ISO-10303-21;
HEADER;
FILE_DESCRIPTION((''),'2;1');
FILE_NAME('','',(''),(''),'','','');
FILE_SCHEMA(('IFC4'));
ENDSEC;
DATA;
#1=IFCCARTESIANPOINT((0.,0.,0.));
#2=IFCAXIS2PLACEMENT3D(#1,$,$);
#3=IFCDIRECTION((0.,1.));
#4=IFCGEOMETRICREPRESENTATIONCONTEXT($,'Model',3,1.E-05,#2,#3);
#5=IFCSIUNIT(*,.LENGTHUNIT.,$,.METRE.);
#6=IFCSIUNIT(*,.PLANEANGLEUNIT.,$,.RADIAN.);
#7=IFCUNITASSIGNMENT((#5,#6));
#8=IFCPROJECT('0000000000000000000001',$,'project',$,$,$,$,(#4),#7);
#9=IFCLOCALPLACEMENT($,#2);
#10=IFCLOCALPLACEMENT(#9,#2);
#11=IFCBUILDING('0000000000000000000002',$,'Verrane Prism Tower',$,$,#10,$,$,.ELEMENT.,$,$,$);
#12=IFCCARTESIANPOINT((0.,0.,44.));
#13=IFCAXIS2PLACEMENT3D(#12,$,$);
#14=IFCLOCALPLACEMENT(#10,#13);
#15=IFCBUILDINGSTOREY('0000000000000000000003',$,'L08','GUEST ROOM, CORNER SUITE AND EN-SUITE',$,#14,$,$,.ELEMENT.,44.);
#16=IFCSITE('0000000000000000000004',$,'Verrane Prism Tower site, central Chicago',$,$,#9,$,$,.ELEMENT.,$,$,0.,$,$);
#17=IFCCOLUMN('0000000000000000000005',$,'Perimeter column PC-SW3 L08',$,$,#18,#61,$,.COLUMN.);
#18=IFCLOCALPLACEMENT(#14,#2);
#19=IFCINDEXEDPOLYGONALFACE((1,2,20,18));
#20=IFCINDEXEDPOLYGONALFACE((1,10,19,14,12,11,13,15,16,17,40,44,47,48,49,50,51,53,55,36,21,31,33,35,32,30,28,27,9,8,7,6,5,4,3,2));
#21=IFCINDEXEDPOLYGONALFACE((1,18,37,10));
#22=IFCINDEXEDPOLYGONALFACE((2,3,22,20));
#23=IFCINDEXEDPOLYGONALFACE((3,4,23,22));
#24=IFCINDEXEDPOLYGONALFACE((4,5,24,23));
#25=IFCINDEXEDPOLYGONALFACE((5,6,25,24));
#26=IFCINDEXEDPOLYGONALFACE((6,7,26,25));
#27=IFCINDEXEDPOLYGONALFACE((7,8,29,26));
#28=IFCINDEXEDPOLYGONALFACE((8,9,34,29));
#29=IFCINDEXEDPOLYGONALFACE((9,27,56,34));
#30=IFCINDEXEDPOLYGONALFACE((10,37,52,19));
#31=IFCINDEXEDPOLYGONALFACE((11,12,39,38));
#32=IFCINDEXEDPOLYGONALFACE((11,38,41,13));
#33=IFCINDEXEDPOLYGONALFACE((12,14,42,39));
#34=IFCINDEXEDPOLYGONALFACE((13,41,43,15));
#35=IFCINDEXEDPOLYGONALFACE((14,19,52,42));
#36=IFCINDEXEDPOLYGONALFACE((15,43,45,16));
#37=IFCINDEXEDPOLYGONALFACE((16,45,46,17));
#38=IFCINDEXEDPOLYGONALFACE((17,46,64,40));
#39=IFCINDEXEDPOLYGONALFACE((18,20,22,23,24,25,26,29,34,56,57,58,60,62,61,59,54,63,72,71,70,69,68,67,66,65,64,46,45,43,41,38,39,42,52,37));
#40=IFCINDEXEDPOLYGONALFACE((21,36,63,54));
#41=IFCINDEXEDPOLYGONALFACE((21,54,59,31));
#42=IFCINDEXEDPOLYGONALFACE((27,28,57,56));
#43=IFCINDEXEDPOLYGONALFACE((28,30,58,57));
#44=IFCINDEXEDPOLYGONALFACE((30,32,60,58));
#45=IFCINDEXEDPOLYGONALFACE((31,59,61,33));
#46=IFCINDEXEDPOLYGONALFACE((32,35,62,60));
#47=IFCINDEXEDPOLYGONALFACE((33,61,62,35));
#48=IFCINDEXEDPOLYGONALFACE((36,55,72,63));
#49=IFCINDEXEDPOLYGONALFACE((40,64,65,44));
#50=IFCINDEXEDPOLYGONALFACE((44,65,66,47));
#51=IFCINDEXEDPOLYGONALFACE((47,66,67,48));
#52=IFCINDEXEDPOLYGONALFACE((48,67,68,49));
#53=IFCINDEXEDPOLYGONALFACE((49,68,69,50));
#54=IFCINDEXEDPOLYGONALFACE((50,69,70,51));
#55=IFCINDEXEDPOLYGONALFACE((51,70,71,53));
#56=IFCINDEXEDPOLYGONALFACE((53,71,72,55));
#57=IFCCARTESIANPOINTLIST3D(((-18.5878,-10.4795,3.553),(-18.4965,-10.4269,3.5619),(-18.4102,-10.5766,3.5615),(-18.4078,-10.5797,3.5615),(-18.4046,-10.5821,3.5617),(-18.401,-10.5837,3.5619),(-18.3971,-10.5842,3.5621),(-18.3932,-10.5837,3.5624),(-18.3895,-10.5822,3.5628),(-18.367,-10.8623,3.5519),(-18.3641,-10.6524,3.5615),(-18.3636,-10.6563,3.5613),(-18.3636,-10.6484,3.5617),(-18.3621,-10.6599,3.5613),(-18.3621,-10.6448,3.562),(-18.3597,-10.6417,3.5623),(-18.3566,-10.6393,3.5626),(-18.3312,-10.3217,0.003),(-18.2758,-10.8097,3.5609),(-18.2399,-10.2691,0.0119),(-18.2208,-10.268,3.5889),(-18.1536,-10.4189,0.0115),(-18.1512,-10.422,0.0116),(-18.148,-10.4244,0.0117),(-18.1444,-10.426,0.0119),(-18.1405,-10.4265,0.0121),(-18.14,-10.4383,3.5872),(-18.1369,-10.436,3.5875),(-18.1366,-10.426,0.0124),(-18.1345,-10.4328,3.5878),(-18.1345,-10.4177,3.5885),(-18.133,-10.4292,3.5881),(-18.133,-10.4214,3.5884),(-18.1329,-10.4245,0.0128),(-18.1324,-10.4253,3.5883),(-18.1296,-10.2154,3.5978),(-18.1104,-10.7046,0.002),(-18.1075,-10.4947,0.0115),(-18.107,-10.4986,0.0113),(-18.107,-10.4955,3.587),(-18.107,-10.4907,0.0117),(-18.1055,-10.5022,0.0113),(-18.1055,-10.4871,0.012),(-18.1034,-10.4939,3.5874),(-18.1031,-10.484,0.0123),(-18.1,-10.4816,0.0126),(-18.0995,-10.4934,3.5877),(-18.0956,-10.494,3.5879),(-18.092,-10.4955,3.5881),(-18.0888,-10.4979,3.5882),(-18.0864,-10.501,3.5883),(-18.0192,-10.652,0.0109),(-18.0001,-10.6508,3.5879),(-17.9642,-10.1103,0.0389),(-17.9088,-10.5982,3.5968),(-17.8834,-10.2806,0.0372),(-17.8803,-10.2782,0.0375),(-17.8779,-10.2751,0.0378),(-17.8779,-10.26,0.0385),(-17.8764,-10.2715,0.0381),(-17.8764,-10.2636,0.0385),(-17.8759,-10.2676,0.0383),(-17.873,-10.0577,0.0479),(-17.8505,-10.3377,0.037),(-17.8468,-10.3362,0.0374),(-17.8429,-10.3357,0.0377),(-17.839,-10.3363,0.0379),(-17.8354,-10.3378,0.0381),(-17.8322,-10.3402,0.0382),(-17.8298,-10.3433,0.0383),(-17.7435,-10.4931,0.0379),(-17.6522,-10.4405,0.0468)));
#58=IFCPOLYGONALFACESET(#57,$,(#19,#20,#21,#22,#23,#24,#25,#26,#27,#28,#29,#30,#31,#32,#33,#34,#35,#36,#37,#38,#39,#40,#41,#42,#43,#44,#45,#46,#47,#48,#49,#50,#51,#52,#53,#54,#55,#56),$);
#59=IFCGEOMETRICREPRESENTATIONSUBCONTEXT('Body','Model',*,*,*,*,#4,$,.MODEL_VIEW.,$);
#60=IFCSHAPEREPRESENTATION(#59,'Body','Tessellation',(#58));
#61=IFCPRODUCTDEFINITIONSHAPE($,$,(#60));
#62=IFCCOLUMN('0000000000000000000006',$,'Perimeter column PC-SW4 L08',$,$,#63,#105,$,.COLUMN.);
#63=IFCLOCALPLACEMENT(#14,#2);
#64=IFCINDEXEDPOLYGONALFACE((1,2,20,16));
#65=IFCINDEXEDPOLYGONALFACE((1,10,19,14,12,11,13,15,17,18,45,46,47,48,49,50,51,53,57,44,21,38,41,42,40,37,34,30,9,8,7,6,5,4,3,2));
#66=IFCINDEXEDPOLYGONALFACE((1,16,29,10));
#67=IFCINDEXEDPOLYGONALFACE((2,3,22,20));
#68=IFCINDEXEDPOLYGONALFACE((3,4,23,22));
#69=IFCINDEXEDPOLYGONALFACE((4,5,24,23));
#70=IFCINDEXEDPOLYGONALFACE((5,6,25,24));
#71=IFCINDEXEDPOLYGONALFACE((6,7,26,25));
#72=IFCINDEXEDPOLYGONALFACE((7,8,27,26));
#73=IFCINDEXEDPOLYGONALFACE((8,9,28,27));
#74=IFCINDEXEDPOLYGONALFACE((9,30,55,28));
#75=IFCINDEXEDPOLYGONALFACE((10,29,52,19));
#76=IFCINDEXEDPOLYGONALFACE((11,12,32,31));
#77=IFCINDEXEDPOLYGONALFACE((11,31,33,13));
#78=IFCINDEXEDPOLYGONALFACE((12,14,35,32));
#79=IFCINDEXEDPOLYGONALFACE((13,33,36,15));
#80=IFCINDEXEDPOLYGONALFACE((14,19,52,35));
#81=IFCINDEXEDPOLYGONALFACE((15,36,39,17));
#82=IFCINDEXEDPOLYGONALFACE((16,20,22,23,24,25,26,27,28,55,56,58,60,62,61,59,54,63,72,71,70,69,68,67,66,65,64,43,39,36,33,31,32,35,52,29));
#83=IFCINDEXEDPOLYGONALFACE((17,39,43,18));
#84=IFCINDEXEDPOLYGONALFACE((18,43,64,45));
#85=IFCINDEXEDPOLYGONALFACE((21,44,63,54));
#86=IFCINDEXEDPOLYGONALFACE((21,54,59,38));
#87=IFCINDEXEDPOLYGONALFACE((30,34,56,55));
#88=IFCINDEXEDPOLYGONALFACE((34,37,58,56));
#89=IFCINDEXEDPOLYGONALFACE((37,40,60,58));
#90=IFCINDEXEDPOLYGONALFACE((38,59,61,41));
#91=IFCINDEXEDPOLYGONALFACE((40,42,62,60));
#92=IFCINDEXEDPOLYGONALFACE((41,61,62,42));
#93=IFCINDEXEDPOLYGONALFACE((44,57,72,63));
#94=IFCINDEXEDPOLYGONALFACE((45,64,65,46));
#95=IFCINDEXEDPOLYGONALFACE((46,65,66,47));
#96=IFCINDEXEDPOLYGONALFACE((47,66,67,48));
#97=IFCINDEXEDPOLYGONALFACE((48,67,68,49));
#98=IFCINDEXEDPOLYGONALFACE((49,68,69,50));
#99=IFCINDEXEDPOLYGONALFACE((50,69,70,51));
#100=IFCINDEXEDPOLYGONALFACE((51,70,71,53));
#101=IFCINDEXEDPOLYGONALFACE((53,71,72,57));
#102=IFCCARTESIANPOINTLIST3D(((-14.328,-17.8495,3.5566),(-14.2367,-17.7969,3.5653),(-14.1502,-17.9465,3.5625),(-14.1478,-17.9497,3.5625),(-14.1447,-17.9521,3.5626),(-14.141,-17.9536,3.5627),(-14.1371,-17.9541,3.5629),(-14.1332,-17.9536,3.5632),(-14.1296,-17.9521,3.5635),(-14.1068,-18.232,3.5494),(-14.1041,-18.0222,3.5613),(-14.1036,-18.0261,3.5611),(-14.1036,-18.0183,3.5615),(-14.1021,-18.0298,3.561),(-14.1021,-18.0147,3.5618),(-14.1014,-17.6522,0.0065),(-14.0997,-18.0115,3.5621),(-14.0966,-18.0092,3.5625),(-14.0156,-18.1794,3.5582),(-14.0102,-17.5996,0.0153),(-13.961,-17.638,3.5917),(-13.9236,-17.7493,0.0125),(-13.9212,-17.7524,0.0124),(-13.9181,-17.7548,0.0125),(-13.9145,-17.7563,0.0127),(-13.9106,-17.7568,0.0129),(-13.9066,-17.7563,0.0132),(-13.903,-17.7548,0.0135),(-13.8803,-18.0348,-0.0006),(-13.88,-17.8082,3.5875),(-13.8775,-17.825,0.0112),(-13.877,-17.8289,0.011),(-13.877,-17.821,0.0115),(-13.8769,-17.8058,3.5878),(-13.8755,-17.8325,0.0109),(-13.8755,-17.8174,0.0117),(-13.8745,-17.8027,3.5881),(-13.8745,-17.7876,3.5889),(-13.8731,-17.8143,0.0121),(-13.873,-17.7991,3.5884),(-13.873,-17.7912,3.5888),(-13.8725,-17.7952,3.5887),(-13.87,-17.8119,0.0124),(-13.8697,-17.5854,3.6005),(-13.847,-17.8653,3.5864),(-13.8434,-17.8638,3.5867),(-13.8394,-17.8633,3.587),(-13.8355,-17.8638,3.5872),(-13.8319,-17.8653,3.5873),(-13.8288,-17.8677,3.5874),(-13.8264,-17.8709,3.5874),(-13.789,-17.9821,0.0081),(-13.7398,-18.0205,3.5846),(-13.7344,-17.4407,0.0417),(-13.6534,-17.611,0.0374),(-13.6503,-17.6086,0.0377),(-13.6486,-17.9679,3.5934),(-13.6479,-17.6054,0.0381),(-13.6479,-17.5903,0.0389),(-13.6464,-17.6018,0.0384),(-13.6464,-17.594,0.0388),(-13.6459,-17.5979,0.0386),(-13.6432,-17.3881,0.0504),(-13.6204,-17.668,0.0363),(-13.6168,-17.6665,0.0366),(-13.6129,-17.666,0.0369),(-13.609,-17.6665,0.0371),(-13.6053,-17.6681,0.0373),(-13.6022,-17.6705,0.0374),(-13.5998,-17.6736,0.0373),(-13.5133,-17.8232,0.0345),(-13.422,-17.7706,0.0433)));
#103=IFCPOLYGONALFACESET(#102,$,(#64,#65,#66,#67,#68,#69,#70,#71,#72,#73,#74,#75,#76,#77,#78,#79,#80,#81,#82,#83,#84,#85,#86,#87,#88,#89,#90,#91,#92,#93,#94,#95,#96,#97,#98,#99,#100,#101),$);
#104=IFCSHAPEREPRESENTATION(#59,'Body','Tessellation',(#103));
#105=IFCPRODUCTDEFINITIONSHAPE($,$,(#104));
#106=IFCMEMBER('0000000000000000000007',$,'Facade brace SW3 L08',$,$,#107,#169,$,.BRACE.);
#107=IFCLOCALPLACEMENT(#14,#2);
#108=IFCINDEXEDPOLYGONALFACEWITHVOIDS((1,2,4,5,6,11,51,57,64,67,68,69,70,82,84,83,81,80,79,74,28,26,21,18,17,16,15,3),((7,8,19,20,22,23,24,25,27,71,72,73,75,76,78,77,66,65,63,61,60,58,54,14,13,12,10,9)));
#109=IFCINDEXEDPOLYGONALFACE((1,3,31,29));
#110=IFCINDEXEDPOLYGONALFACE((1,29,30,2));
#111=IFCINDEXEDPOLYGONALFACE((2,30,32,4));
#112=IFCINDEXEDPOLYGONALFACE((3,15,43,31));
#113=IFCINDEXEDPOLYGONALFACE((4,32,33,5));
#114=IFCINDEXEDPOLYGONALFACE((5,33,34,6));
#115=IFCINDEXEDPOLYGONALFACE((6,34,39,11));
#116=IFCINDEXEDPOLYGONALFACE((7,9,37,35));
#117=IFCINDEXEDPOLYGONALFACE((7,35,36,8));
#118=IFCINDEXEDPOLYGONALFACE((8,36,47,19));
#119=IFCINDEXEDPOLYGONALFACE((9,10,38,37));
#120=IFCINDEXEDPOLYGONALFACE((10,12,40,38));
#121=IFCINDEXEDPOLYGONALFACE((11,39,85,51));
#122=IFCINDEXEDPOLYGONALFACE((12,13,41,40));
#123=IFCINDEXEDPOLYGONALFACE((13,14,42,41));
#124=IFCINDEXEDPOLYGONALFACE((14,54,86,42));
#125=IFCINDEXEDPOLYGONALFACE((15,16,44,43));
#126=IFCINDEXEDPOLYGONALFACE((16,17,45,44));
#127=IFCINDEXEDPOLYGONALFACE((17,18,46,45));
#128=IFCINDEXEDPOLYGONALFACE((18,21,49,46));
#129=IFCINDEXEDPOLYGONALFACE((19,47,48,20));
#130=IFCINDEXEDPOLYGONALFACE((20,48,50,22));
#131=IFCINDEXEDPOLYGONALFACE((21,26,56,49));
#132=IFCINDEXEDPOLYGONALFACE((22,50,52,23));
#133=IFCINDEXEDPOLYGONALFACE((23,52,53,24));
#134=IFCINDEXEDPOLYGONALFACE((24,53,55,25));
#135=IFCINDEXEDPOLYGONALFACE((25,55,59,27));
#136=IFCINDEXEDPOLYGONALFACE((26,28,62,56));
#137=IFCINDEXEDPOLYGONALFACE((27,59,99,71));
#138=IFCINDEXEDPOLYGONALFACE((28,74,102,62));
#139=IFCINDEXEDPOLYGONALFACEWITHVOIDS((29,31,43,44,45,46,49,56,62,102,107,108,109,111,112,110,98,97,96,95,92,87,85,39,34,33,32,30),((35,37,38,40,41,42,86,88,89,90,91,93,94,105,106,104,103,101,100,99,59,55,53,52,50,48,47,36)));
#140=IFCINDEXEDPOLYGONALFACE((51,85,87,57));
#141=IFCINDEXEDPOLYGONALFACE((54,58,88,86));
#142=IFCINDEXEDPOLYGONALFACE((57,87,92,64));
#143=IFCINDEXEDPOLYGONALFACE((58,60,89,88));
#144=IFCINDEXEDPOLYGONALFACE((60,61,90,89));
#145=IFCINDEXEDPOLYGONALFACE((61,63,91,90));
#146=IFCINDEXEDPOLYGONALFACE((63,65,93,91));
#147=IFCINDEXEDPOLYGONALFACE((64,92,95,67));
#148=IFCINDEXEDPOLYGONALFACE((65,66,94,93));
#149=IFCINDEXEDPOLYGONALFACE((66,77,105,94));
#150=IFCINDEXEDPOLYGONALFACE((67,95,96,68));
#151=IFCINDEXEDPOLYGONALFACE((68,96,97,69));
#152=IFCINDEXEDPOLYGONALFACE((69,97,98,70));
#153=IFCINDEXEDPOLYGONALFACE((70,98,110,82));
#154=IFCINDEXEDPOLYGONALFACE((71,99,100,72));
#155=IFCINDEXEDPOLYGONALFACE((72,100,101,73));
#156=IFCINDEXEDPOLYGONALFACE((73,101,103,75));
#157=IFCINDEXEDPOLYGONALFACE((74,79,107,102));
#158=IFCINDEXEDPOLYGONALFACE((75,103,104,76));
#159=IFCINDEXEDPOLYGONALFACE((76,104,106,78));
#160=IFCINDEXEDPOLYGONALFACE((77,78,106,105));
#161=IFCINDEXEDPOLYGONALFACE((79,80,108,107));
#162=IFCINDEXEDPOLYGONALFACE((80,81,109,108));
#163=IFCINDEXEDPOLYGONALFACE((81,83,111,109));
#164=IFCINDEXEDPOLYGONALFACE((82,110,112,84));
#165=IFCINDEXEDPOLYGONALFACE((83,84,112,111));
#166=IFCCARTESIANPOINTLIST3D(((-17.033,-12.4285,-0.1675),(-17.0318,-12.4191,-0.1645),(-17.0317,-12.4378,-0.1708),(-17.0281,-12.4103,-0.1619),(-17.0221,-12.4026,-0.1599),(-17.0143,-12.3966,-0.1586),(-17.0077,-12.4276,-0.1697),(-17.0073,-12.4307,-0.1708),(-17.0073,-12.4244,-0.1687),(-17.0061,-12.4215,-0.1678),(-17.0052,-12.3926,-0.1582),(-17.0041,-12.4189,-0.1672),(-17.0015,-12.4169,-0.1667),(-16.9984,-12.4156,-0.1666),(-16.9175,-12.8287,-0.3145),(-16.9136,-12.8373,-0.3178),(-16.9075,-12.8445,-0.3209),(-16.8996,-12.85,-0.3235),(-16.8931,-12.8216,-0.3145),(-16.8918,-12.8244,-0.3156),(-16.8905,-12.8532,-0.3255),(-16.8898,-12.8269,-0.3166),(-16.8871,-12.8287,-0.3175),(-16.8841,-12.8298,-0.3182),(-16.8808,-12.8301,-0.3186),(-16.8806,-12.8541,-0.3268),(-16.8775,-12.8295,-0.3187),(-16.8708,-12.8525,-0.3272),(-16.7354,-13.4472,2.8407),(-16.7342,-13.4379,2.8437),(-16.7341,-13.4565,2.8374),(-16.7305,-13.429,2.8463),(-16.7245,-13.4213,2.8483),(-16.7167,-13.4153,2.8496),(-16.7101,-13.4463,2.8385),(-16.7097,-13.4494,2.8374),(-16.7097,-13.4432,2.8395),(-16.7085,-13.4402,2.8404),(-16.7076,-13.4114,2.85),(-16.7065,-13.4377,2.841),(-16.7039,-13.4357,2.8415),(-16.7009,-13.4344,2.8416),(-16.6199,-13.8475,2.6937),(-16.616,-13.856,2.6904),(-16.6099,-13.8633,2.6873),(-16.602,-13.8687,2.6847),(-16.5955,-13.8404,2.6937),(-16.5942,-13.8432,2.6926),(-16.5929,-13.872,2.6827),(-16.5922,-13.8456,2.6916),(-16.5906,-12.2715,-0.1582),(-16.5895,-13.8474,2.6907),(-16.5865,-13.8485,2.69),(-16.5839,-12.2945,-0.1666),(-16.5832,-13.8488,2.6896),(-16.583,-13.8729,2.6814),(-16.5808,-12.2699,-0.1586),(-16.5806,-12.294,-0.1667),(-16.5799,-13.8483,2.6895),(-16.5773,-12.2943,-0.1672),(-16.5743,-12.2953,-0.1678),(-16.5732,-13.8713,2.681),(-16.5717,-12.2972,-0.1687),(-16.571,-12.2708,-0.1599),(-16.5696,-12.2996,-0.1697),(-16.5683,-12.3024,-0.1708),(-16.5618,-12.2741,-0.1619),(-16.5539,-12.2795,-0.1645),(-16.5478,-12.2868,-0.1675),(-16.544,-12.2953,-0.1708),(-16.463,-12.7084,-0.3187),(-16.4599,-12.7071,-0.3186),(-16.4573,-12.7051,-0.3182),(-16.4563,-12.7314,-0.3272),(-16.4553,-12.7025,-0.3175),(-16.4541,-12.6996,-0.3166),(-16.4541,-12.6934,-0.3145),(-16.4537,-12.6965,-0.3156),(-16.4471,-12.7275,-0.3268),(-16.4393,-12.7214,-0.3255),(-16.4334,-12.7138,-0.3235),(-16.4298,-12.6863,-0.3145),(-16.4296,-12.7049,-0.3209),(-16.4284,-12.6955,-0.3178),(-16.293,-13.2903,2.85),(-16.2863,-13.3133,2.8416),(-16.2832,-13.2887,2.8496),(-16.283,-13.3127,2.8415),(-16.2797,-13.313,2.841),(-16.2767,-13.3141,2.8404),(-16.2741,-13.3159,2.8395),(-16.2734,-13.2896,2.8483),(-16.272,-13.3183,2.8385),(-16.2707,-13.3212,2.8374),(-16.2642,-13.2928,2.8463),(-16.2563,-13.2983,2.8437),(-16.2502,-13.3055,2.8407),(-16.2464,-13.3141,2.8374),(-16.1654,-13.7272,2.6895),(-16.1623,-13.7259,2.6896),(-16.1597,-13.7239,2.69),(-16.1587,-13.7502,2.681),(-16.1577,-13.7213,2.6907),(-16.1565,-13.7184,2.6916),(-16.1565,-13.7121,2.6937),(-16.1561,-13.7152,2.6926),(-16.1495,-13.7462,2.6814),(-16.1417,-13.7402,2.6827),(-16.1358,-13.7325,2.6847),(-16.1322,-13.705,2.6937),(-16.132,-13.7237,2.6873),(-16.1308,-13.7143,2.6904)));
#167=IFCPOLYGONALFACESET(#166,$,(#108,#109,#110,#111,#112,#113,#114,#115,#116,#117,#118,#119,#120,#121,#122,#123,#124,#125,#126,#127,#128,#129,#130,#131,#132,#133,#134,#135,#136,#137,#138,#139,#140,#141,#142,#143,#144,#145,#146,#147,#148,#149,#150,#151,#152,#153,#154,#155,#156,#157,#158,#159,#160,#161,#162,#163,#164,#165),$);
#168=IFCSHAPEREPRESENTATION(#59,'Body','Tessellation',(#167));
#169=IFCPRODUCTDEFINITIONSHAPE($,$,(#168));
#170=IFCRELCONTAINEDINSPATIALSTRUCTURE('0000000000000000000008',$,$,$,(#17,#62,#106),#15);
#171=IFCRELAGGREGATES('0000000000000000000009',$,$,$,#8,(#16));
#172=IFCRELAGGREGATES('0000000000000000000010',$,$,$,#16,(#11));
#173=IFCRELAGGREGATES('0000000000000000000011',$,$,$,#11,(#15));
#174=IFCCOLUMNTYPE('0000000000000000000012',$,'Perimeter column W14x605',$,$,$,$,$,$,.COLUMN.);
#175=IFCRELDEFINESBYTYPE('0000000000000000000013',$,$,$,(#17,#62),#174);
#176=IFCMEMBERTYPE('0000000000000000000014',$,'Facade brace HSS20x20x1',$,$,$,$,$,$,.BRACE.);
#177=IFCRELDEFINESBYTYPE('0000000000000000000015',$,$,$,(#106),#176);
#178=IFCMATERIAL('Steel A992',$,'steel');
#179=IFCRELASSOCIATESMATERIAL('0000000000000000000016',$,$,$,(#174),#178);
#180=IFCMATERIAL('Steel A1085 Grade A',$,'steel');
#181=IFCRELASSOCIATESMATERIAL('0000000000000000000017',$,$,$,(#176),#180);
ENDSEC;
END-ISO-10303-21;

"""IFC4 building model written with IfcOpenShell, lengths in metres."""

from ifc_helpers import new_model, si_unit, direction, frame, origin, origin_2d, place, context, subcontext, project, spatial, hollow_rectangle, i_section, extrude, material, material_profile, profile_set, type_object, element, save


model = new_model("IFC4")

# Units and contexts
model_context = context("Model", 3, precision=1e-05, world=origin(), true_north=direction((0.0, 1.0)))
body_context = subcontext(model_context, "Body", "Model", "MODEL_VIEW")
ifc_project = project(units=[si_unit("LENGTHUNIT", "METRE"), si_unit("PLANEANGLEUNIT", "RADIAN")], contexts=[model_context])

# Site, building, storey
site_placement = place(None, origin())
site = spatial("IfcSite", under=ifc_project, at=site_placement, Name="Verrane Prism Tower site, central Chicago", CompositionType="ELEMENT", RefElevation=0.0)
building_placement = place(site_placement, origin())
building = spatial("IfcBuilding", under=site, at=building_placement, Name="Verrane Prism Tower", CompositionType="ELEMENT")
storey_placement = place(building_placement, frame((0.0, 0.0, 44.0)))
storey = spatial("IfcBuildingStorey", under=building, at=storey_placement, Name="L08", Description="GUEST ROOM, CORNER SUITE AND EN-SUITE", CompositionType="ELEMENT", Elevation=44.0)

# Columns
ifc_material_1 = material(Name="Steel A992", Category="steel")
ifc_material_profile_1 = material_profile(ifc_material_1, i_section(OverallWidth=0.4419, OverallDepth=0.5308, WebThickness=0.0659, FlangeThickness=0.1057, FilletRadius=0.0151, at=origin_2d()), Name="W14x605")
ifc_profile_set_1 = profile_set([ifc_material_profile_1], Name="Steel A992")
column_type = type_object("IfcColumnType", Name="Perimeter column W14x605", PredefinedType="COLUMN", material=ifc_profile_set_1)
for number, where, z_axis, x_axis, name in (
    (1, (-17.9917, -10.3811, 0.0249), (-0.07202, -0.044267, 0.99642), (-0.499538, 0.866289, 0.00238), "Perimeter column PC-SW3 L08"),
    (2, (-13.7617, -17.7114, 0.0249), (-0.063592, -0.055369, 0.996439), (-0.500488, 0.865593, 0.016157), "Perimeter column PC-SW4 L08"),
):
    element("IfcColumn", number, at=place(storey_placement, frame(where, z_axis=z_axis, x_axis=x_axis)), inside=storey, type_object=column_type, Name=name, PredefinedType="COLUMN", context=body_context, shape_type="SweptSolid", body=[
        extrude(i_section(OverallWidth=0.4419, OverallDepth=0.5308, WebThickness=0.0659, FlangeThickness=0.1057, FilletRadius=0.0151, at=origin_2d()), origin(), (0.0, 0.0, 1.0), 3.5627),
    ])

# Member
ifc_material_2 = material(Name="Steel A1085 Grade A", Category="steel")
ifc_material_profile_2 = material_profile(ifc_material_2, hollow_rectangle(XDim=0.5081, YDim=0.5081, WallThickness=0.0254, InnerFilletRadius=0.0127, OuterFilletRadius=0.0381, at=origin_2d()), Name="HSS20x20x1")
ifc_profile_set_2 = profile_set([ifc_material_profile_2], Name="Steel A1085 Grade A")
member_type_1 = type_object("IfcMemberType", Name="Facade brace HSS20x20x1", PredefinedType="BRACE", material=ifc_profile_set_2)
member_1_placement = place(storey_placement, frame((-16.7307, -12.562, -0.2427), z_axis=(0.093293, -0.319368, 0.943027), x_axis=(0.959884, 0.280397, 0.0)))
element("IfcMember", 3, at=member_1_placement, inside=storey, type_object=member_type_1, Name="Facade brace SW3 L08", PredefinedType="BRACE", context=body_context, shape_type="SweptSolid", body=[
    extrude(hollow_rectangle(XDim=0.5081, YDim=0.5081, WallThickness=0.0254, InnerFilletRadius=0.0127, OuterFilletRadius=0.0381, at=origin_2d()), origin(), (0.0, 0.0, 1.0), 3.1899),
])

save(model, "model.ifc")
